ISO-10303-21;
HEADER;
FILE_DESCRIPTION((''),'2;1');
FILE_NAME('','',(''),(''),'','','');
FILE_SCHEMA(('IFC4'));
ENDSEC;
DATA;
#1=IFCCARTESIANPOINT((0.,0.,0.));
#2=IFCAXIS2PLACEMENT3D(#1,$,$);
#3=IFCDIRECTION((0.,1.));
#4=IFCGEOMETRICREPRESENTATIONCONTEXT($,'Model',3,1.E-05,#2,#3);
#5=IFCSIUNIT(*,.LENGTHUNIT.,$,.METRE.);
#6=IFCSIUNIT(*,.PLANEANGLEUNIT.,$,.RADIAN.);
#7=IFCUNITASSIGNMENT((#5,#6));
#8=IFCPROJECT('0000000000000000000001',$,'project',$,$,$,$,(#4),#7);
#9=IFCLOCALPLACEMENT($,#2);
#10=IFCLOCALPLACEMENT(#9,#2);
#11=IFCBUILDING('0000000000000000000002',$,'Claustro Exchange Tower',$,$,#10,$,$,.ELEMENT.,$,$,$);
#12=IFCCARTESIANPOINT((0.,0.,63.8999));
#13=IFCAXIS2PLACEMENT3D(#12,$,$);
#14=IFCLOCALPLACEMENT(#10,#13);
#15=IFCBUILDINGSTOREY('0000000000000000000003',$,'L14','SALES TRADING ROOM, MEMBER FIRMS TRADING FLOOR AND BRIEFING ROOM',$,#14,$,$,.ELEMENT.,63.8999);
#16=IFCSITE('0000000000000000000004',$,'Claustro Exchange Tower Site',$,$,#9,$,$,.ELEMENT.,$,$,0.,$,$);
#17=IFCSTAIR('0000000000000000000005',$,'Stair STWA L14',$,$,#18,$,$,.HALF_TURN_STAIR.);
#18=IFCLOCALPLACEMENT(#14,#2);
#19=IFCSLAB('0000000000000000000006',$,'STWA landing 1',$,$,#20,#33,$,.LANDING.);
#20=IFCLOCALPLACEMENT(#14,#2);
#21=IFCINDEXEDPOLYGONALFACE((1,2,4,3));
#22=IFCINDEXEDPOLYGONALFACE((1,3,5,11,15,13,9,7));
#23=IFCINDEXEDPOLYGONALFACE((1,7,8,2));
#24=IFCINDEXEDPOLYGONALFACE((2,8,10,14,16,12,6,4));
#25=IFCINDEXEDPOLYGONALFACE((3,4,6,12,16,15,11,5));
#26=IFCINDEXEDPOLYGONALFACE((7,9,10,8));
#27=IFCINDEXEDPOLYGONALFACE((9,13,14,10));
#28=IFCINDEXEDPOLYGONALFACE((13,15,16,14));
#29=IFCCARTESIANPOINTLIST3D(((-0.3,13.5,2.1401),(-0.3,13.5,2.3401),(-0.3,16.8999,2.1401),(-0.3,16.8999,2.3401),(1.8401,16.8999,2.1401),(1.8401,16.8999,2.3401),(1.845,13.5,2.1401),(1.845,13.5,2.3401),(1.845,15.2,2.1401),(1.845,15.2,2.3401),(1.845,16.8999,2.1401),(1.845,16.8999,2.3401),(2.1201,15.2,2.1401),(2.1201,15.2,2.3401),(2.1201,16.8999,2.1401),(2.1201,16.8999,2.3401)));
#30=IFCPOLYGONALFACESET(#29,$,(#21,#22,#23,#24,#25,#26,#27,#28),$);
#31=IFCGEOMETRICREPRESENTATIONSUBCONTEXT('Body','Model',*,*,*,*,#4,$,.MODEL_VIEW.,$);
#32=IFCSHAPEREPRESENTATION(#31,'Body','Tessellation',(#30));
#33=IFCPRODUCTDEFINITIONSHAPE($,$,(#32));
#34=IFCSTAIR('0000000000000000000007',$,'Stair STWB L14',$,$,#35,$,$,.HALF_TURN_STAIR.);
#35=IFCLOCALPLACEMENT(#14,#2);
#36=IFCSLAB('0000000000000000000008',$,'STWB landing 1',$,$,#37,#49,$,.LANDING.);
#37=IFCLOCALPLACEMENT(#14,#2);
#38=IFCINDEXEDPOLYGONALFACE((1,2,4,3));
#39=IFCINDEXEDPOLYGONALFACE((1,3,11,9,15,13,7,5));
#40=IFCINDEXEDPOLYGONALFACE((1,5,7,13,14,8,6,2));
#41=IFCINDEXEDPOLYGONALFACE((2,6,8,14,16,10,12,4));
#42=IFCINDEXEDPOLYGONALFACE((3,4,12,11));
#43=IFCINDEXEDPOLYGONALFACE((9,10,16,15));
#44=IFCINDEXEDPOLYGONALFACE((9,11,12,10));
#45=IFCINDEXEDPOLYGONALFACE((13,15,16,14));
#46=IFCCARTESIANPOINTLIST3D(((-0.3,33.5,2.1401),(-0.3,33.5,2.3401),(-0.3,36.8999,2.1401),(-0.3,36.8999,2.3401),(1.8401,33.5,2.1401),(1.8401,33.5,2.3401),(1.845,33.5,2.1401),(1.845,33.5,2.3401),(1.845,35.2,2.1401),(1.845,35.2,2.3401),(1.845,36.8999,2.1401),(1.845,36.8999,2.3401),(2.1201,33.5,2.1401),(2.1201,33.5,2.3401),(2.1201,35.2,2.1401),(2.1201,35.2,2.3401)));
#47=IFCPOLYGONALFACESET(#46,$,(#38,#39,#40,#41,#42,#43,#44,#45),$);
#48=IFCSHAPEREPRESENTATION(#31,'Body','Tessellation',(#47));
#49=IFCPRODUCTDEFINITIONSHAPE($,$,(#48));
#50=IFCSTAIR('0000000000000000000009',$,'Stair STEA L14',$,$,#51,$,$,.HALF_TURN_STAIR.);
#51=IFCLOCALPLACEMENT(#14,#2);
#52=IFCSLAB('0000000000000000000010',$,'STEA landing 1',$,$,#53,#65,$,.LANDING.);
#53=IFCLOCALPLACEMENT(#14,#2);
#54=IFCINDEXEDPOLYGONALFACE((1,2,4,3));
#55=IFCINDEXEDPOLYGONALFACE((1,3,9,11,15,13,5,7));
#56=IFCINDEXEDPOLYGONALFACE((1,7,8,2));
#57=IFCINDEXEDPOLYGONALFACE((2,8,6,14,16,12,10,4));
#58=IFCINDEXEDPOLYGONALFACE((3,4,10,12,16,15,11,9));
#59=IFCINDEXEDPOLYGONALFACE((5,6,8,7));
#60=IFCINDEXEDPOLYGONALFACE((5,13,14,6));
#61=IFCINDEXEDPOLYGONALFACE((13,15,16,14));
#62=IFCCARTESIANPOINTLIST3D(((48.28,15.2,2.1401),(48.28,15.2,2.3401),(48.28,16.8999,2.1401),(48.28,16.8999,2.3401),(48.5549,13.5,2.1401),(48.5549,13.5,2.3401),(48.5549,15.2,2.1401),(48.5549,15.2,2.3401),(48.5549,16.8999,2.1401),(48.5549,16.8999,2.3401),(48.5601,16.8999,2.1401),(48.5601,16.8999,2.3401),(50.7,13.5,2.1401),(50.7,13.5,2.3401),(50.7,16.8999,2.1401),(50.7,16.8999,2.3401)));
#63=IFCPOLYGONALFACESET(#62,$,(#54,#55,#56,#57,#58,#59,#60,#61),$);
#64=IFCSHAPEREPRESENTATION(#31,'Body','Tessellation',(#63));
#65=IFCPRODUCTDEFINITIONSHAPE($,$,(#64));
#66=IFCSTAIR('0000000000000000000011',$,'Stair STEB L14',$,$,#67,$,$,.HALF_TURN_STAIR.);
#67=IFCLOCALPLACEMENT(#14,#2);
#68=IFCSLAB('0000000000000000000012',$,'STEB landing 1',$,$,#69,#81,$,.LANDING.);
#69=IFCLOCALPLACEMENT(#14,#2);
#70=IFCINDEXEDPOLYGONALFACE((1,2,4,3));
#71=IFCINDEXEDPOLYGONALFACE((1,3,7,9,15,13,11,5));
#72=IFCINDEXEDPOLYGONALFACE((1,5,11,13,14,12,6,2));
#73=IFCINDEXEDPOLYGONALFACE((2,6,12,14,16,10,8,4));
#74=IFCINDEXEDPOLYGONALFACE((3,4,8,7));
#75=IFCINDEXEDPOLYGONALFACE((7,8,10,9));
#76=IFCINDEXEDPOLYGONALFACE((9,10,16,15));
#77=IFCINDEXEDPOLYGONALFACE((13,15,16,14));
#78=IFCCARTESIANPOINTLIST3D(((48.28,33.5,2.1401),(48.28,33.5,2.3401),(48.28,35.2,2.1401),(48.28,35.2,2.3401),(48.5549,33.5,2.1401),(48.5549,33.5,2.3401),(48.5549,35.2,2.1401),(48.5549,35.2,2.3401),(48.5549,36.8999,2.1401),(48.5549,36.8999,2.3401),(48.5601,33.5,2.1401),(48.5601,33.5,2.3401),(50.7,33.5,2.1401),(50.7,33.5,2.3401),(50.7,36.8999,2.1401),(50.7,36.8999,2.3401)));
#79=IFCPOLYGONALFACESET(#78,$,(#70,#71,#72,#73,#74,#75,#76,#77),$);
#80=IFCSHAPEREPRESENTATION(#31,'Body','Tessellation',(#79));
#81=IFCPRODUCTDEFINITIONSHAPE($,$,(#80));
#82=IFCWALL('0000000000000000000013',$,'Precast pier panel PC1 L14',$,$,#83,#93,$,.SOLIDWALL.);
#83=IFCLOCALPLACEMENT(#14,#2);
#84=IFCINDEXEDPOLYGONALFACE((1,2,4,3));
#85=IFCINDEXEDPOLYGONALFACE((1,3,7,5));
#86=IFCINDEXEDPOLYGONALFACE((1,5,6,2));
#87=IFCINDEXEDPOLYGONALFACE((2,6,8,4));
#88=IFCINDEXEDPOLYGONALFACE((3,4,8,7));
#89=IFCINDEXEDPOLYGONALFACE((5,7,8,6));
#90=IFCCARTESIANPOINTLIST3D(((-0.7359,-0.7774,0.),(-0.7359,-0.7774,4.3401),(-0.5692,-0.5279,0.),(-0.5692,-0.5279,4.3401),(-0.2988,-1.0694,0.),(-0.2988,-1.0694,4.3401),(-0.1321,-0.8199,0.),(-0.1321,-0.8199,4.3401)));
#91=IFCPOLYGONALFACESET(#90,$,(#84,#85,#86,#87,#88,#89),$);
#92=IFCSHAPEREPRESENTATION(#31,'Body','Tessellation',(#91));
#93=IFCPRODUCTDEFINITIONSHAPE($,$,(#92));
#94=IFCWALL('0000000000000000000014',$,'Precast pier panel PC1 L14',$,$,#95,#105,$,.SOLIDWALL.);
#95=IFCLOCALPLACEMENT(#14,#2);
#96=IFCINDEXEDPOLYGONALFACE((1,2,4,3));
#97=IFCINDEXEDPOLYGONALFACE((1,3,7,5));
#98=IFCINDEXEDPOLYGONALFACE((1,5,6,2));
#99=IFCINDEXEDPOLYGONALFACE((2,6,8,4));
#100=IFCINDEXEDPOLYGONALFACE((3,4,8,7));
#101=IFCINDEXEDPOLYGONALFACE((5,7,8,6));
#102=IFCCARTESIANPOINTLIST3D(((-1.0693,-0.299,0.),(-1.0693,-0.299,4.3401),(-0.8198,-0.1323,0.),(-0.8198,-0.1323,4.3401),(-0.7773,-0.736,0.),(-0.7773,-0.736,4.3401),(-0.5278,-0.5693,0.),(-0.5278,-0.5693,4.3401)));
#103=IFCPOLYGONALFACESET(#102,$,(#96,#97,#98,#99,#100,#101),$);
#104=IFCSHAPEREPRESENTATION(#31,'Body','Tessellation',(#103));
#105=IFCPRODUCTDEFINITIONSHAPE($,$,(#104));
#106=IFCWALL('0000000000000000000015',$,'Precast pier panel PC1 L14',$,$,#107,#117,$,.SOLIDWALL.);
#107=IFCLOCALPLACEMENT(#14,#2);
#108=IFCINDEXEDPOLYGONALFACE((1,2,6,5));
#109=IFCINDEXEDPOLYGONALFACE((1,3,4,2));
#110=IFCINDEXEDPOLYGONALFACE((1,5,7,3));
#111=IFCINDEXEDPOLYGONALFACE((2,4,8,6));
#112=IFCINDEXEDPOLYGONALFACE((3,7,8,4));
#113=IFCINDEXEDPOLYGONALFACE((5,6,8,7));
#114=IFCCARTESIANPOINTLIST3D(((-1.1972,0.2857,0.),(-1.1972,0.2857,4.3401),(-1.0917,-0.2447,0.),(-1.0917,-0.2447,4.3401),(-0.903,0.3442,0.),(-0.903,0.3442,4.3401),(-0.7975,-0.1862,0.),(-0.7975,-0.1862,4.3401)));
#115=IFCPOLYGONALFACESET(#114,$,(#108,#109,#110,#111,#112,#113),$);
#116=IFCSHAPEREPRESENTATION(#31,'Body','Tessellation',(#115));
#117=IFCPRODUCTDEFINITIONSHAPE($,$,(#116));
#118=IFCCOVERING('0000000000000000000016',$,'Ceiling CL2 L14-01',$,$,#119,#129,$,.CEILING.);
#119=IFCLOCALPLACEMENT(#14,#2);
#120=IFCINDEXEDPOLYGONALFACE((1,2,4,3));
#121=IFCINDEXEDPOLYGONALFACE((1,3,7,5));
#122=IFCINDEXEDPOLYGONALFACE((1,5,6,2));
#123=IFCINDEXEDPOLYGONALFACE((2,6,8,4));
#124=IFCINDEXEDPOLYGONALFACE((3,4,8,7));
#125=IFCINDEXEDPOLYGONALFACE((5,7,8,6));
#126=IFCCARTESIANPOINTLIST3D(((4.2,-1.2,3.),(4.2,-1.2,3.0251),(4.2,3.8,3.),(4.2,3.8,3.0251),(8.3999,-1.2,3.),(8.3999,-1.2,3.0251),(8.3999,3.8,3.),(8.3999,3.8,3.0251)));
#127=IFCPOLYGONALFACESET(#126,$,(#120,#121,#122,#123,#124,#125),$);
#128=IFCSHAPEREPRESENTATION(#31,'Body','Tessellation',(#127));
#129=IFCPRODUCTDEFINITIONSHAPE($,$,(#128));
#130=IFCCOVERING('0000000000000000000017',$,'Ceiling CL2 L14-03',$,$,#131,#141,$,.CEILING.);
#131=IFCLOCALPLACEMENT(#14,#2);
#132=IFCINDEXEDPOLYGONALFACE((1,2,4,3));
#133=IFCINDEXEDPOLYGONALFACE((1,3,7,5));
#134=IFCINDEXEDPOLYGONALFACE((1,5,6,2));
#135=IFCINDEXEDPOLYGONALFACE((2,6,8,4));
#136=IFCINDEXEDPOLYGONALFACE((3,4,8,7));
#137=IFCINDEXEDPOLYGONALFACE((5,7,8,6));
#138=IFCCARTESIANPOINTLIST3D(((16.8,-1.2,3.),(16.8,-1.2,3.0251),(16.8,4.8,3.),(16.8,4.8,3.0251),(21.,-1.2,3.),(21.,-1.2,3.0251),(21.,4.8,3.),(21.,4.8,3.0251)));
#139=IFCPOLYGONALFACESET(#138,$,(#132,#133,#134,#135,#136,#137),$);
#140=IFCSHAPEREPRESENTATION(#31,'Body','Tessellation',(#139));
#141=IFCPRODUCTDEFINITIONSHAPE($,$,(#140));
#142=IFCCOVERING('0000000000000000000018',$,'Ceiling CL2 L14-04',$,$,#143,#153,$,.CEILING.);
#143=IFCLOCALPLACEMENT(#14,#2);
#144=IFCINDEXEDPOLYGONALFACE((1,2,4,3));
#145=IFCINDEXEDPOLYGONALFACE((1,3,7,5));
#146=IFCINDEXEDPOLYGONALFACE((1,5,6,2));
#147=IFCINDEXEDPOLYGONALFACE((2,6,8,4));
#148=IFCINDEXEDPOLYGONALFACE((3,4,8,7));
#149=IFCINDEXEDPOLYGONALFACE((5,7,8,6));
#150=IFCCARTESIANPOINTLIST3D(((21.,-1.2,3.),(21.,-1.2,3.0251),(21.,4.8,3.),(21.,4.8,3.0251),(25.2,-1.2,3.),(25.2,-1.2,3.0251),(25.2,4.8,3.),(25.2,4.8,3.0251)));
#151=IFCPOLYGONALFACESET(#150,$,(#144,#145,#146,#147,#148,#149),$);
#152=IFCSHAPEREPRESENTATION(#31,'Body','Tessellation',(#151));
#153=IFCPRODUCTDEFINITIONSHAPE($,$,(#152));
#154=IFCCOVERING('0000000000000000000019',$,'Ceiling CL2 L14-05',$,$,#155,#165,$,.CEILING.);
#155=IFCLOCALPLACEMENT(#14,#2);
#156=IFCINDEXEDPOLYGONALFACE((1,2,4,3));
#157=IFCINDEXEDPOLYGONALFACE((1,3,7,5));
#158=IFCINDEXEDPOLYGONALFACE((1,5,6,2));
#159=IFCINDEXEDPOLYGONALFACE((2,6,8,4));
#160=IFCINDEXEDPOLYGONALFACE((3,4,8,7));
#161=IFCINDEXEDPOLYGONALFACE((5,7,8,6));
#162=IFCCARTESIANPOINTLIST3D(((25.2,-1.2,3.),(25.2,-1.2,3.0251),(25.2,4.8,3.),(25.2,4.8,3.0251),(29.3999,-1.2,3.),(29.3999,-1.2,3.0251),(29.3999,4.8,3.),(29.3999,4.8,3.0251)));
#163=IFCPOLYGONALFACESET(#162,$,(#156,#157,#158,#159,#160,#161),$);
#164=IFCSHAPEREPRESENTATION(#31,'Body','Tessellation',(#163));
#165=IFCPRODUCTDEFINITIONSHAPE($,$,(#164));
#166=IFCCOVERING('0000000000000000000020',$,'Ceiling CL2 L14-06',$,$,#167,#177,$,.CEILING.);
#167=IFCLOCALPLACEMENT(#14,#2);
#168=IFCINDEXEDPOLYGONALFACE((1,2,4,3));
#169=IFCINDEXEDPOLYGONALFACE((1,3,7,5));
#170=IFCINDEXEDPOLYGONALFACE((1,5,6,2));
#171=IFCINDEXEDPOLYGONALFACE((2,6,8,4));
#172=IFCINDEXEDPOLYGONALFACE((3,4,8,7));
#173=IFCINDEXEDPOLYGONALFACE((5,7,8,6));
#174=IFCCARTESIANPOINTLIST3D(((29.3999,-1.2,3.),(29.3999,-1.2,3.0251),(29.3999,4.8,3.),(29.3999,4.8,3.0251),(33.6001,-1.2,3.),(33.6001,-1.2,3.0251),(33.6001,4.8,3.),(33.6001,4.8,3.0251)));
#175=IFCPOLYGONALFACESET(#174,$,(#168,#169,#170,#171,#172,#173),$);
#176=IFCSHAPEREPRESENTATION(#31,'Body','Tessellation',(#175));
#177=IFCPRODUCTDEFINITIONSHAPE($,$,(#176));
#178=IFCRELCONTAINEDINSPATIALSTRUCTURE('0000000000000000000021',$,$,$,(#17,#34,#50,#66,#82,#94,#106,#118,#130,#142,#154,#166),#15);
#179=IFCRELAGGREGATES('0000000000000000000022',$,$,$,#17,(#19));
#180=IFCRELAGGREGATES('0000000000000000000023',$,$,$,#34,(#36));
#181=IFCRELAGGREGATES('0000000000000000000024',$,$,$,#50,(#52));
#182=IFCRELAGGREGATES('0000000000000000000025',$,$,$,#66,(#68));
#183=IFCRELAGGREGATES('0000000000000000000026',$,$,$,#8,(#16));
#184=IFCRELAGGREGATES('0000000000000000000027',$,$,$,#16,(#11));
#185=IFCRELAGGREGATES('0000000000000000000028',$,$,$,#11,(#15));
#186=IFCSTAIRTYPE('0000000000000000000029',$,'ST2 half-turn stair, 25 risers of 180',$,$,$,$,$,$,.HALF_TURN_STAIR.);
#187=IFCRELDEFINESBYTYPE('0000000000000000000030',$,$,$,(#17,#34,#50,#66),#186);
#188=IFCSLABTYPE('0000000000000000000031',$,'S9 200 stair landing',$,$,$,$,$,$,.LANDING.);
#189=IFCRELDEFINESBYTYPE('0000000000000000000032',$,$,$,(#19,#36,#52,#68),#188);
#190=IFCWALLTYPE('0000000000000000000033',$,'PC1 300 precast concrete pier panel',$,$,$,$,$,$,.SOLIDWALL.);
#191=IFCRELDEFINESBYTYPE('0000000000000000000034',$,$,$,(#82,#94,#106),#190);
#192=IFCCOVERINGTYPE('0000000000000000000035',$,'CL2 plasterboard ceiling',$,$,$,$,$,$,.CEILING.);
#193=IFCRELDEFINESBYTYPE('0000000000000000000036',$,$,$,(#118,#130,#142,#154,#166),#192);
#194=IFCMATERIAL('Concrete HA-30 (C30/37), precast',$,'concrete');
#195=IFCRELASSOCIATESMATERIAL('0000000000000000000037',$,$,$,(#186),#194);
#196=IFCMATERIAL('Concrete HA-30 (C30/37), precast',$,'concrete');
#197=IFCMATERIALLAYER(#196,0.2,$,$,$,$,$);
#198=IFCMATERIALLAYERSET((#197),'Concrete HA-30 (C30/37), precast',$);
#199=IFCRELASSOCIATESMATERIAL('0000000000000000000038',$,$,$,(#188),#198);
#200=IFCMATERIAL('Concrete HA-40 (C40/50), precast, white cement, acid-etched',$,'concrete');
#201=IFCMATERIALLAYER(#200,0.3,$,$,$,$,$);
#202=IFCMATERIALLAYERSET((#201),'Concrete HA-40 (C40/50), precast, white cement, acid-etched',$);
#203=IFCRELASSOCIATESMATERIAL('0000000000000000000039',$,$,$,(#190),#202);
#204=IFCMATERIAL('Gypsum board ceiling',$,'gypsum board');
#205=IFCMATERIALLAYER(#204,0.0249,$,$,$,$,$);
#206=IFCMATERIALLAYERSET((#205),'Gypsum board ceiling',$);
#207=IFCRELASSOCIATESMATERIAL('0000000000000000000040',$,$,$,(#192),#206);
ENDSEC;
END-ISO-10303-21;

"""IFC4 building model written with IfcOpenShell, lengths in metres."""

from ifc_helpers import new_model, si_unit, direction, frame, frame_2d, origin, place, context, subcontext, project, spatial, polyline, rectangle, outline, extrude, material, layer, layer_set, type_object, element, aggregate, save


model = new_model("IFC4")

# Units and contexts
model_context = context("Model", 3, precision=1e-05, world=origin(), true_north=direction((0.0, 1.0)))
body_context = subcontext(model_context, "Body", "Model", "MODEL_VIEW")
ifc_project = project(units=[si_unit("LENGTHUNIT", "METRE"), si_unit("PLANEANGLEUNIT", "RADIAN")], contexts=[model_context])

# Site, building, storey
site_placement = place(None, origin())
site = spatial("IfcSite", under=ifc_project, at=site_placement, Name="Claustro Exchange Tower Site", CompositionType="ELEMENT", RefElevation=0.0)
building_placement = place(site_placement, origin())
building = spatial("IfcBuilding", under=site, at=building_placement, Name="Claustro Exchange Tower", CompositionType="ELEMENT")
storey_placement = place(building_placement, frame((0.0, 0.0, 63.8999)))
storey = spatial("IfcBuildingStorey", under=building, at=storey_placement, Name="L14", Description="SALES TRADING ROOM, MEMBER FIRMS TRADING FLOOR AND BRIEFING ROOM", CompositionType="ELEMENT", Elevation=63.8999)

# Stairs, slabs
ifc_material_1 = material(Name="Concrete HA-30 (C30/37), precast", Category="concrete")
stair_type = type_object("IfcStairType", Name="ST2 half-turn stair, 25 risers of 180", PredefinedType="HALF_TURN_STAIR", material=ifc_material_1)
stair_1_placement = place(storey_placement, origin())
stair_1 = element("IfcStair", 1, at=stair_1_placement, inside=storey, type_object=stair_type, Name="Stair STWA L14", PredefinedType="HALF_TURN_STAIR")
ifc_material_2 = material(Name="Concrete HA-30 (C30/37), precast", Category="concrete")
ifc_layer_1 = layer(ifc_material_2, 0.2)
ifc_layer_set_1 = layer_set([ifc_layer_1], Name="Concrete HA-30 (C30/37), precast")
slab_type_1 = type_object("IfcSlabType", Name="S9 200 stair landing", PredefinedType="LANDING", material=ifc_layer_set_1)
slab_1_placement = place(storey_placement, frame((0.0, 0.0, 2.1401)))
slab_1 = element("IfcSlab", 2, at=slab_1_placement, type_object=slab_type_1, Name="STWA landing 1", PredefinedType="LANDING", context=body_context, shape_type="SweptSolid", body=[
    extrude(outline(polyline([(1.845, 13.5), (-0.3, 13.5), (-0.3, 16.8999), (1.8401, 16.8999), (1.845, 16.8999), (2.1201, 16.8999), (2.1201, 15.2), (1.845, 15.2), (1.845, 13.5)])), origin(), (0.0, 0.0, 1.0), 0.2),
])
aggregate(stair_1, [slab_1])
stair_2_placement = place(storey_placement, origin())
stair_2 = element("IfcStair", 3, at=stair_2_placement, inside=storey, type_object=stair_type, Name="Stair STWB L14", PredefinedType="HALF_TURN_STAIR")
slab_2_placement = place(storey_placement, frame((0.0, 0.0, 2.1401)))
slab_2 = element("IfcSlab", 4, at=slab_2_placement, type_object=slab_type_1, Name="STWB landing 1", PredefinedType="LANDING", context=body_context, shape_type="SweptSolid", body=[
    extrude(outline(polyline([(2.1201, 35.2), (2.1201, 33.5), (1.845, 33.5), (1.8401, 33.5), (-0.3, 33.5), (-0.3, 36.8999), (1.845, 36.8999), (1.845, 35.2), (2.1201, 35.2)])), origin(), (0.0, 0.0, 1.0), 0.2),
])
aggregate(stair_2, [slab_2])
stair_3_placement = place(storey_placement, origin())
stair_3 = element("IfcStair", 5, at=stair_3_placement, inside=storey, type_object=stair_type, Name="Stair STEA L14", PredefinedType="HALF_TURN_STAIR")
slab_3_placement = place(storey_placement, frame((0.0, 0.0, 2.1401)))
slab_3 = element("IfcSlab", 6, at=slab_3_placement, type_object=slab_type_1, Name="STEA landing 1", PredefinedType="LANDING", context=body_context, shape_type="SweptSolid", body=[
    extrude(outline(polyline([(50.7, 16.8999), (50.7, 13.5), (48.5549, 13.5), (48.5549, 15.2), (48.28, 15.2), (48.28, 16.8999), (48.5549, 16.8999), (48.5601, 16.8999), (50.7, 16.8999)])), origin(), (0.0, 0.0, 1.0), 0.2),
])
aggregate(stair_3, [slab_3])
stair_4_placement = place(storey_placement, origin())
stair_4 = element("IfcStair", 7, at=stair_4_placement, inside=storey, type_object=stair_type, Name="Stair STEB L14", PredefinedType="HALF_TURN_STAIR")
slab_4_placement = place(storey_placement, frame((0.0, 0.0, 2.1401)))
slab_4 = element("IfcSlab", 8, at=slab_4_placement, type_object=slab_type_1, Name="STEB landing 1", PredefinedType="LANDING", context=body_context, shape_type="SweptSolid", body=[
    extrude(outline(polyline([(48.28, 33.5), (48.28, 35.2), (48.5549, 35.2), (48.5549, 36.8999), (50.7, 36.8999), (50.7, 33.5), (48.5601, 33.5), (48.5549, 33.5), (48.28, 33.5)])), origin(), (0.0, 0.0, 1.0), 0.2),
])
aggregate(stair_4, [slab_4])

# Walls
ifc_material_3 = material(Name="Concrete HA-40 (C40/50), precast, white cement, acid-etched", Category="concrete")
ifc_layer_2 = layer(ifc_material_3, 0.3)
ifc_layer_set_2 = layer_set([ifc_layer_2], Name="Concrete HA-40 (C40/50), precast, white cement, acid-etched")
wall_type = type_object("IfcWallType", Name="PC1 300 precast concrete pier panel", PredefinedType="SOLIDWALL", material=ifc_layer_set_2)
for number, where, z_axis, x_axis, name in (
    (9, (-0.2156, -0.9446, 0.0), (0.0, 0.0, 1.0), (-0.831478, 0.555557, 0.0), "Precast pier panel PC1 L14"),
    (10, (-0.6526, -0.6526, 0.0), (0.0, 0.0, 1.0), (-0.555557, 0.831478, 0.0), "Precast pier panel PC1 L14"),
):
    element("IfcWall", number, at=place(storey_placement, frame(where, z_axis=z_axis, x_axis=x_axis)), inside=storey, type_object=wall_type, Name=name, PredefinedType="SOLIDWALL", context=body_context, shape_type="SweptSolid", body=[
        extrude(rectangle(XDim=0.5256, YDim=0.3, at=frame_2d((0.2627, 0.0))), origin(), (0.0, 0.0, 1.0), 4.3401),
    ])
wall_placement = place(storey_placement, frame((-0.9446, -0.2156, 0.0), z_axis=(0.0, 0.0, 1.0), x_axis=(-0.195074, 0.980789, 0.0)))
element("IfcWall", 11, at=wall_placement, inside=storey, type_object=wall_type, Name="Precast pier panel PC1 L14", PredefinedType="SOLIDWALL", context=body_context, shape_type="SweptSolid", body=[
    extrude(rectangle(XDim=0.5408, YDim=0.3, at=frame_2d((0.2705, 0.0))), origin(), (0.0, 0.0, 1.0), 4.3401),
])

# Coverings
ifc_material_4 = material(Name="Gypsum board ceiling", Category="gypsum board")
ifc_layer_3 = layer(ifc_material_4, 0.0249)
ifc_layer_set_3 = layer_set([ifc_layer_3], Name="Gypsum board ceiling")
covering_type = type_object("IfcCoveringType", Name="CL2 plasterboard ceiling", PredefinedType="CEILING", material=ifc_layer_set_3)
covering_1_placement = place(storey_placement, frame((0.0, 0.0, 3.0)))
element("IfcCovering", 12, at=covering_1_placement, inside=storey, type_object=covering_type, Name="Ceiling CL2 L14-01", PredefinedType="CEILING", context=body_context, shape_type="SweptSolid", body=[
    extrude(outline(polyline([(4.2, -1.2), (8.3999, -1.2), (8.3999, 3.8), (4.2, 3.8), (4.2, -1.2)])), origin(), (0.0, 0.0, 1.0), 0.0251),
])
covering_2_placement = place(storey_placement, frame((0.0, 0.0, 3.0)))
element("IfcCovering", 13, at=covering_2_placement, inside=storey, type_object=covering_type, Name="Ceiling CL2 L14-03", PredefinedType="CEILING", context=body_context, shape_type="SweptSolid", body=[
    extrude(outline(polyline([(16.8, -1.2), (21.0, -1.2), (21.0, 4.8), (16.8, 4.8), (16.8, -1.2)])), origin(), (0.0, 0.0, 1.0), 0.0251),
])
covering_3_placement = place(storey_placement, frame((0.0, 0.0, 3.0)))
element("IfcCovering", 14, at=covering_3_placement, inside=storey, type_object=covering_type, Name="Ceiling CL2 L14-04", PredefinedType="CEILING", context=body_context, shape_type="SweptSolid", body=[
    extrude(outline(polyline([(21.0, -1.2), (25.2, -1.2), (25.2, 4.8), (21.0, 4.8), (21.0, -1.2)])), origin(), (0.0, 0.0, 1.0), 0.0251),
])
covering_4_placement = place(storey_placement, frame((0.0, 0.0, 3.0)))
element("IfcCovering", 15, at=covering_4_placement, inside=storey, type_object=covering_type, Name="Ceiling CL2 L14-05", PredefinedType="CEILING", context=body_context, shape_type="SweptSolid", body=[
    extrude(outline(polyline([(25.2, -1.2), (29.3999, -1.2), (29.3999, 4.8), (25.2, 4.8), (25.2, -1.2)])), origin(), (0.0, 0.0, 1.0), 0.0251),
])
covering_5_placement = place(storey_placement, frame((0.0, 0.0, 3.0)))
element("IfcCovering", 16, at=covering_5_placement, inside=storey, type_object=covering_type, Name="Ceiling CL2 L14-06", PredefinedType="CEILING", context=body_context, shape_type="SweptSolid", body=[
    extrude(outline(polyline([(29.3999, -1.2), (33.6001, -1.2), (33.6001, 4.8), (29.3999, 4.8), (29.3999, -1.2)])), origin(), (0.0, 0.0, 1.0), 0.0251),
])

save(model, "model.ifc")
